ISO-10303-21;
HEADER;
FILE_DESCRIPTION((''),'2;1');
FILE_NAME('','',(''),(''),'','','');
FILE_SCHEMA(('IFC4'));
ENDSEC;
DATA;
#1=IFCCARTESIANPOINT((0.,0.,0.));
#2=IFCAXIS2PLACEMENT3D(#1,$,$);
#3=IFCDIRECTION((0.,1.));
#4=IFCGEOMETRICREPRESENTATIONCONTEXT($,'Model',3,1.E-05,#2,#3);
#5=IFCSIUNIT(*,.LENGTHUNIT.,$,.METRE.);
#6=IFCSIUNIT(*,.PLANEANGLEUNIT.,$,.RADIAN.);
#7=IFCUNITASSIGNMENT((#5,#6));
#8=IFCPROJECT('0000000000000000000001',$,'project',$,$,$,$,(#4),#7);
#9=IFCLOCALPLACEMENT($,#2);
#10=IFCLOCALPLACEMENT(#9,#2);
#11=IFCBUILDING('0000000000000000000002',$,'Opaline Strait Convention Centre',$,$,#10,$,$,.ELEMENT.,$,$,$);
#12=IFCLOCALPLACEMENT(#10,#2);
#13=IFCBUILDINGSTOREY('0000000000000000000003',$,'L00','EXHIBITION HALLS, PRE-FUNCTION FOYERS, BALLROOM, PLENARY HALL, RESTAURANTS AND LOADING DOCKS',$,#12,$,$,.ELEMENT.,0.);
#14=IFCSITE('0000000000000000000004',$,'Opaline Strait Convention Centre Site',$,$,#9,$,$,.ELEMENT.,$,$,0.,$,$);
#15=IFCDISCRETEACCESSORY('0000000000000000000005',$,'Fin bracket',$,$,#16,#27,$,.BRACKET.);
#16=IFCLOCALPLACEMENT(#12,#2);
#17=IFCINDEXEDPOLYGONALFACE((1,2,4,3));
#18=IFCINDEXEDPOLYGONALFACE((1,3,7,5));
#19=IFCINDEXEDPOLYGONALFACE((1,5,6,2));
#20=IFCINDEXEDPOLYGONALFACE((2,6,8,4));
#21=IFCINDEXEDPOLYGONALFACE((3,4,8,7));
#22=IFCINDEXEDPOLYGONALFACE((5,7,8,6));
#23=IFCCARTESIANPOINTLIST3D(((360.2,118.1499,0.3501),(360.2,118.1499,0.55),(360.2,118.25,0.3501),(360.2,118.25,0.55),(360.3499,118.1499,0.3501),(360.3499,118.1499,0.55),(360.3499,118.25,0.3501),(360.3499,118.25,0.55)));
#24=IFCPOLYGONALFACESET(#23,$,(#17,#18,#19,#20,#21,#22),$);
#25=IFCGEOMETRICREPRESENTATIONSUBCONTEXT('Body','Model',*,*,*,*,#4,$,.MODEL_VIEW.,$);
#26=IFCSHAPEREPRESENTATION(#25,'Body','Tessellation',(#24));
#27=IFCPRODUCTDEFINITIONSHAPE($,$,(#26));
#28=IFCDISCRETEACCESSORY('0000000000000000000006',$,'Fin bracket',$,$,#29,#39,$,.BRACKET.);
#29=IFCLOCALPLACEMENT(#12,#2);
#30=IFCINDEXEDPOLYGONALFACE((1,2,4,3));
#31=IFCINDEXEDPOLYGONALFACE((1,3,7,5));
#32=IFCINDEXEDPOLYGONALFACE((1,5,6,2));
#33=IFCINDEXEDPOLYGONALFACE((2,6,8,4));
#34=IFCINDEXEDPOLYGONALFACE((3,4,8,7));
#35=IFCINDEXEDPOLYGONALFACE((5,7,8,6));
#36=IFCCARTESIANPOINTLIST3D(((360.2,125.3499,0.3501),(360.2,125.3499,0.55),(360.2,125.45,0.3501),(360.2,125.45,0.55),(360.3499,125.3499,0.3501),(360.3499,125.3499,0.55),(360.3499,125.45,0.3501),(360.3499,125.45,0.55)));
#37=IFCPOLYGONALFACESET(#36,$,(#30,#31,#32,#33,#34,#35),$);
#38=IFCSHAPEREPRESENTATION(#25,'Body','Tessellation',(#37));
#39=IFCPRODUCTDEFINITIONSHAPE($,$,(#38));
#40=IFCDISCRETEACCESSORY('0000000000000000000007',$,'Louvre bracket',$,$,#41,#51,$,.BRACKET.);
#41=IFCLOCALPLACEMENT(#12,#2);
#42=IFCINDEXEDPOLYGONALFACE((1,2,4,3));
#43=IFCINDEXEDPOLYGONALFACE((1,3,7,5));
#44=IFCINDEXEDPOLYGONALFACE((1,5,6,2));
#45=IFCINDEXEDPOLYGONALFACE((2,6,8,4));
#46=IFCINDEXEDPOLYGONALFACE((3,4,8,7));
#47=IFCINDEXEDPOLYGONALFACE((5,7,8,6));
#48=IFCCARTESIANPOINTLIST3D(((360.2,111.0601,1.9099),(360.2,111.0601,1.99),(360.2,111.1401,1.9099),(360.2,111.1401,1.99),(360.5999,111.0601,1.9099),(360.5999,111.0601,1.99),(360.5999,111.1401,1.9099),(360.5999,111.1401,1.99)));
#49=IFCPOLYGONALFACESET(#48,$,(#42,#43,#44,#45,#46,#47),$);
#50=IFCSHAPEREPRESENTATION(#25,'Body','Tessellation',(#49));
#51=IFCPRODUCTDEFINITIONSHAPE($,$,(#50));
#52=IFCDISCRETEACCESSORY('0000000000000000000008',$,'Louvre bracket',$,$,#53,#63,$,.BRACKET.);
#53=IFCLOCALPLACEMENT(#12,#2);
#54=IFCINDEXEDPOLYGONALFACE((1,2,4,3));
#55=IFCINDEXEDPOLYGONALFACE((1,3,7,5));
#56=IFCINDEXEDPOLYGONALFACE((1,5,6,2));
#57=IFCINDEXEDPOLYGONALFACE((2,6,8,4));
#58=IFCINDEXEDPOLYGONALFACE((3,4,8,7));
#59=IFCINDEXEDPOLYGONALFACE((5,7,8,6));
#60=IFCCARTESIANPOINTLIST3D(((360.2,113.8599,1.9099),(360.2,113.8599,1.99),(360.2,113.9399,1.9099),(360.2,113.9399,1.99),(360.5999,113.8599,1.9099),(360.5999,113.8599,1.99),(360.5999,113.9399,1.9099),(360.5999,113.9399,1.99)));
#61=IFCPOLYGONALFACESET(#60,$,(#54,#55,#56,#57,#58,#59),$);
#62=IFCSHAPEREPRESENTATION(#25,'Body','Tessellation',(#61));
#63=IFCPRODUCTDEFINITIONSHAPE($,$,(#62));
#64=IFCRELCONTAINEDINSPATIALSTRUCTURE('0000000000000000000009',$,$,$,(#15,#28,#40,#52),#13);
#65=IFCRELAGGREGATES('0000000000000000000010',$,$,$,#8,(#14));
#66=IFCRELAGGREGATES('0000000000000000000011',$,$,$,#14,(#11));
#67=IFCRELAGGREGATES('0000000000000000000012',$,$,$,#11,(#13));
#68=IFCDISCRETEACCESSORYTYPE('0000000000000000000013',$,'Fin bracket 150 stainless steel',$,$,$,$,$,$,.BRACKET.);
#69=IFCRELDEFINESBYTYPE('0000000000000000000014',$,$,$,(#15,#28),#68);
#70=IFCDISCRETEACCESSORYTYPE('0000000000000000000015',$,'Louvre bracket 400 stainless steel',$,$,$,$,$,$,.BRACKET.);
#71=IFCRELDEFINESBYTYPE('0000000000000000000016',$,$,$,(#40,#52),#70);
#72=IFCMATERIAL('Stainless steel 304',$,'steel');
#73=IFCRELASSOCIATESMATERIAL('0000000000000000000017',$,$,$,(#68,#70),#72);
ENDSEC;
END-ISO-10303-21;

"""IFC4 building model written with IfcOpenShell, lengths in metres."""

from ifc_helpers import new_model, si_unit, direction, frame, origin, origin_2d, place, context, subcontext, project, spatial, rectangle, extrude, material, type_object, element, save


model = new_model("IFC4")

# Units and contexts
model_context = context("Model", 3, precision=1e-05, world=origin(), true_north=direction((0.0, 1.0)))
body_context = subcontext(model_context, "Body", "Model", "MODEL_VIEW")
ifc_project = project(units=[si_unit("LENGTHUNIT", "METRE"), si_unit("PLANEANGLEUNIT", "RADIAN")], contexts=[model_context])

# Site, building, storey
site_placement = place(None, origin())
site = spatial("IfcSite", under=ifc_project, at=site_placement, Name="Opaline Strait Convention Centre Site", CompositionType="ELEMENT", RefElevation=0.0)
building_placement = place(site_placement, origin())
building = spatial("IfcBuilding", under=site, at=building_placement, Name="Opaline Strait Convention Centre", CompositionType="ELEMENT")
storey_placement = place(building_placement, origin())
storey = spatial("IfcBuildingStorey", under=building, at=storey_placement, Name="L00", Description="EXHIBITION HALLS, PRE-FUNCTION FOYERS, BALLROOM, PLENARY HALL, RESTAURANTS AND LOADING DOCKS", CompositionType="ELEMENT", Elevation=0.0)

# Discrete accessories
ifc_material_1 = material(Name="Stainless steel 304", Category="steel")
discrete_accessory_type_1 = type_object("IfcDiscreteAccessoryType", Name="Fin bracket 150 stainless steel", PredefinedType="BRACKET", material=ifc_material_1)
for number, where, z_axis, x_axis, name in (
    (1, (360.2749, 118.2, 0.3501), (0.0, 0.0, 1.0), (1.0, 0.0, 0.0), "Fin bracket"),
    (2, (360.2749, 125.3999, 0.3501), (0.0, 0.0, 1.0), (1.0, 0.0, 0.0), "Fin bracket"),
):
    element("IfcDiscreteAccessory", number, at=place(storey_placement, frame(where, z_axis=z_axis, x_axis=x_axis)), inside=storey, type_object=discrete_accessory_type_1, Name=name, PredefinedType="BRACKET", context=body_context, shape_type="SweptSolid", body=[
        extrude(rectangle(XDim=0.1499, YDim=0.1001, at=origin_2d()), origin(), (0.0, 0.0, 1.0), 0.2),
    ])
discrete_accessory_type_2 = type_object("IfcDiscreteAccessoryType", Name="Louvre bracket 400 stainless steel", PredefinedType="BRACKET", material=ifc_material_1)
for number, where, z_axis, x_axis, name in (
    (3, (360.3999, 111.1001, 1.9099), (0.0, 0.0, 1.0), (1.0, 0.0, 0.0), "Louvre bracket"),
    (4, (360.3999, 113.8999, 1.9099), (0.0, 0.0, 1.0), (1.0, 0.0, 0.0), "Louvre bracket"),
):
    element("IfcDiscreteAccessory", number, at=place(storey_placement, frame(where, z_axis=z_axis, x_axis=x_axis)), inside=storey, type_object=discrete_accessory_type_2, Name=name, PredefinedType="BRACKET", context=body_context, shape_type="SweptSolid", body=[
        extrude(rectangle(XDim=0.3999, YDim=0.0801, at=origin_2d()), origin(), (0.0, 0.0, 1.0), 0.0801),
    ])

save(model, "model.ifc")
